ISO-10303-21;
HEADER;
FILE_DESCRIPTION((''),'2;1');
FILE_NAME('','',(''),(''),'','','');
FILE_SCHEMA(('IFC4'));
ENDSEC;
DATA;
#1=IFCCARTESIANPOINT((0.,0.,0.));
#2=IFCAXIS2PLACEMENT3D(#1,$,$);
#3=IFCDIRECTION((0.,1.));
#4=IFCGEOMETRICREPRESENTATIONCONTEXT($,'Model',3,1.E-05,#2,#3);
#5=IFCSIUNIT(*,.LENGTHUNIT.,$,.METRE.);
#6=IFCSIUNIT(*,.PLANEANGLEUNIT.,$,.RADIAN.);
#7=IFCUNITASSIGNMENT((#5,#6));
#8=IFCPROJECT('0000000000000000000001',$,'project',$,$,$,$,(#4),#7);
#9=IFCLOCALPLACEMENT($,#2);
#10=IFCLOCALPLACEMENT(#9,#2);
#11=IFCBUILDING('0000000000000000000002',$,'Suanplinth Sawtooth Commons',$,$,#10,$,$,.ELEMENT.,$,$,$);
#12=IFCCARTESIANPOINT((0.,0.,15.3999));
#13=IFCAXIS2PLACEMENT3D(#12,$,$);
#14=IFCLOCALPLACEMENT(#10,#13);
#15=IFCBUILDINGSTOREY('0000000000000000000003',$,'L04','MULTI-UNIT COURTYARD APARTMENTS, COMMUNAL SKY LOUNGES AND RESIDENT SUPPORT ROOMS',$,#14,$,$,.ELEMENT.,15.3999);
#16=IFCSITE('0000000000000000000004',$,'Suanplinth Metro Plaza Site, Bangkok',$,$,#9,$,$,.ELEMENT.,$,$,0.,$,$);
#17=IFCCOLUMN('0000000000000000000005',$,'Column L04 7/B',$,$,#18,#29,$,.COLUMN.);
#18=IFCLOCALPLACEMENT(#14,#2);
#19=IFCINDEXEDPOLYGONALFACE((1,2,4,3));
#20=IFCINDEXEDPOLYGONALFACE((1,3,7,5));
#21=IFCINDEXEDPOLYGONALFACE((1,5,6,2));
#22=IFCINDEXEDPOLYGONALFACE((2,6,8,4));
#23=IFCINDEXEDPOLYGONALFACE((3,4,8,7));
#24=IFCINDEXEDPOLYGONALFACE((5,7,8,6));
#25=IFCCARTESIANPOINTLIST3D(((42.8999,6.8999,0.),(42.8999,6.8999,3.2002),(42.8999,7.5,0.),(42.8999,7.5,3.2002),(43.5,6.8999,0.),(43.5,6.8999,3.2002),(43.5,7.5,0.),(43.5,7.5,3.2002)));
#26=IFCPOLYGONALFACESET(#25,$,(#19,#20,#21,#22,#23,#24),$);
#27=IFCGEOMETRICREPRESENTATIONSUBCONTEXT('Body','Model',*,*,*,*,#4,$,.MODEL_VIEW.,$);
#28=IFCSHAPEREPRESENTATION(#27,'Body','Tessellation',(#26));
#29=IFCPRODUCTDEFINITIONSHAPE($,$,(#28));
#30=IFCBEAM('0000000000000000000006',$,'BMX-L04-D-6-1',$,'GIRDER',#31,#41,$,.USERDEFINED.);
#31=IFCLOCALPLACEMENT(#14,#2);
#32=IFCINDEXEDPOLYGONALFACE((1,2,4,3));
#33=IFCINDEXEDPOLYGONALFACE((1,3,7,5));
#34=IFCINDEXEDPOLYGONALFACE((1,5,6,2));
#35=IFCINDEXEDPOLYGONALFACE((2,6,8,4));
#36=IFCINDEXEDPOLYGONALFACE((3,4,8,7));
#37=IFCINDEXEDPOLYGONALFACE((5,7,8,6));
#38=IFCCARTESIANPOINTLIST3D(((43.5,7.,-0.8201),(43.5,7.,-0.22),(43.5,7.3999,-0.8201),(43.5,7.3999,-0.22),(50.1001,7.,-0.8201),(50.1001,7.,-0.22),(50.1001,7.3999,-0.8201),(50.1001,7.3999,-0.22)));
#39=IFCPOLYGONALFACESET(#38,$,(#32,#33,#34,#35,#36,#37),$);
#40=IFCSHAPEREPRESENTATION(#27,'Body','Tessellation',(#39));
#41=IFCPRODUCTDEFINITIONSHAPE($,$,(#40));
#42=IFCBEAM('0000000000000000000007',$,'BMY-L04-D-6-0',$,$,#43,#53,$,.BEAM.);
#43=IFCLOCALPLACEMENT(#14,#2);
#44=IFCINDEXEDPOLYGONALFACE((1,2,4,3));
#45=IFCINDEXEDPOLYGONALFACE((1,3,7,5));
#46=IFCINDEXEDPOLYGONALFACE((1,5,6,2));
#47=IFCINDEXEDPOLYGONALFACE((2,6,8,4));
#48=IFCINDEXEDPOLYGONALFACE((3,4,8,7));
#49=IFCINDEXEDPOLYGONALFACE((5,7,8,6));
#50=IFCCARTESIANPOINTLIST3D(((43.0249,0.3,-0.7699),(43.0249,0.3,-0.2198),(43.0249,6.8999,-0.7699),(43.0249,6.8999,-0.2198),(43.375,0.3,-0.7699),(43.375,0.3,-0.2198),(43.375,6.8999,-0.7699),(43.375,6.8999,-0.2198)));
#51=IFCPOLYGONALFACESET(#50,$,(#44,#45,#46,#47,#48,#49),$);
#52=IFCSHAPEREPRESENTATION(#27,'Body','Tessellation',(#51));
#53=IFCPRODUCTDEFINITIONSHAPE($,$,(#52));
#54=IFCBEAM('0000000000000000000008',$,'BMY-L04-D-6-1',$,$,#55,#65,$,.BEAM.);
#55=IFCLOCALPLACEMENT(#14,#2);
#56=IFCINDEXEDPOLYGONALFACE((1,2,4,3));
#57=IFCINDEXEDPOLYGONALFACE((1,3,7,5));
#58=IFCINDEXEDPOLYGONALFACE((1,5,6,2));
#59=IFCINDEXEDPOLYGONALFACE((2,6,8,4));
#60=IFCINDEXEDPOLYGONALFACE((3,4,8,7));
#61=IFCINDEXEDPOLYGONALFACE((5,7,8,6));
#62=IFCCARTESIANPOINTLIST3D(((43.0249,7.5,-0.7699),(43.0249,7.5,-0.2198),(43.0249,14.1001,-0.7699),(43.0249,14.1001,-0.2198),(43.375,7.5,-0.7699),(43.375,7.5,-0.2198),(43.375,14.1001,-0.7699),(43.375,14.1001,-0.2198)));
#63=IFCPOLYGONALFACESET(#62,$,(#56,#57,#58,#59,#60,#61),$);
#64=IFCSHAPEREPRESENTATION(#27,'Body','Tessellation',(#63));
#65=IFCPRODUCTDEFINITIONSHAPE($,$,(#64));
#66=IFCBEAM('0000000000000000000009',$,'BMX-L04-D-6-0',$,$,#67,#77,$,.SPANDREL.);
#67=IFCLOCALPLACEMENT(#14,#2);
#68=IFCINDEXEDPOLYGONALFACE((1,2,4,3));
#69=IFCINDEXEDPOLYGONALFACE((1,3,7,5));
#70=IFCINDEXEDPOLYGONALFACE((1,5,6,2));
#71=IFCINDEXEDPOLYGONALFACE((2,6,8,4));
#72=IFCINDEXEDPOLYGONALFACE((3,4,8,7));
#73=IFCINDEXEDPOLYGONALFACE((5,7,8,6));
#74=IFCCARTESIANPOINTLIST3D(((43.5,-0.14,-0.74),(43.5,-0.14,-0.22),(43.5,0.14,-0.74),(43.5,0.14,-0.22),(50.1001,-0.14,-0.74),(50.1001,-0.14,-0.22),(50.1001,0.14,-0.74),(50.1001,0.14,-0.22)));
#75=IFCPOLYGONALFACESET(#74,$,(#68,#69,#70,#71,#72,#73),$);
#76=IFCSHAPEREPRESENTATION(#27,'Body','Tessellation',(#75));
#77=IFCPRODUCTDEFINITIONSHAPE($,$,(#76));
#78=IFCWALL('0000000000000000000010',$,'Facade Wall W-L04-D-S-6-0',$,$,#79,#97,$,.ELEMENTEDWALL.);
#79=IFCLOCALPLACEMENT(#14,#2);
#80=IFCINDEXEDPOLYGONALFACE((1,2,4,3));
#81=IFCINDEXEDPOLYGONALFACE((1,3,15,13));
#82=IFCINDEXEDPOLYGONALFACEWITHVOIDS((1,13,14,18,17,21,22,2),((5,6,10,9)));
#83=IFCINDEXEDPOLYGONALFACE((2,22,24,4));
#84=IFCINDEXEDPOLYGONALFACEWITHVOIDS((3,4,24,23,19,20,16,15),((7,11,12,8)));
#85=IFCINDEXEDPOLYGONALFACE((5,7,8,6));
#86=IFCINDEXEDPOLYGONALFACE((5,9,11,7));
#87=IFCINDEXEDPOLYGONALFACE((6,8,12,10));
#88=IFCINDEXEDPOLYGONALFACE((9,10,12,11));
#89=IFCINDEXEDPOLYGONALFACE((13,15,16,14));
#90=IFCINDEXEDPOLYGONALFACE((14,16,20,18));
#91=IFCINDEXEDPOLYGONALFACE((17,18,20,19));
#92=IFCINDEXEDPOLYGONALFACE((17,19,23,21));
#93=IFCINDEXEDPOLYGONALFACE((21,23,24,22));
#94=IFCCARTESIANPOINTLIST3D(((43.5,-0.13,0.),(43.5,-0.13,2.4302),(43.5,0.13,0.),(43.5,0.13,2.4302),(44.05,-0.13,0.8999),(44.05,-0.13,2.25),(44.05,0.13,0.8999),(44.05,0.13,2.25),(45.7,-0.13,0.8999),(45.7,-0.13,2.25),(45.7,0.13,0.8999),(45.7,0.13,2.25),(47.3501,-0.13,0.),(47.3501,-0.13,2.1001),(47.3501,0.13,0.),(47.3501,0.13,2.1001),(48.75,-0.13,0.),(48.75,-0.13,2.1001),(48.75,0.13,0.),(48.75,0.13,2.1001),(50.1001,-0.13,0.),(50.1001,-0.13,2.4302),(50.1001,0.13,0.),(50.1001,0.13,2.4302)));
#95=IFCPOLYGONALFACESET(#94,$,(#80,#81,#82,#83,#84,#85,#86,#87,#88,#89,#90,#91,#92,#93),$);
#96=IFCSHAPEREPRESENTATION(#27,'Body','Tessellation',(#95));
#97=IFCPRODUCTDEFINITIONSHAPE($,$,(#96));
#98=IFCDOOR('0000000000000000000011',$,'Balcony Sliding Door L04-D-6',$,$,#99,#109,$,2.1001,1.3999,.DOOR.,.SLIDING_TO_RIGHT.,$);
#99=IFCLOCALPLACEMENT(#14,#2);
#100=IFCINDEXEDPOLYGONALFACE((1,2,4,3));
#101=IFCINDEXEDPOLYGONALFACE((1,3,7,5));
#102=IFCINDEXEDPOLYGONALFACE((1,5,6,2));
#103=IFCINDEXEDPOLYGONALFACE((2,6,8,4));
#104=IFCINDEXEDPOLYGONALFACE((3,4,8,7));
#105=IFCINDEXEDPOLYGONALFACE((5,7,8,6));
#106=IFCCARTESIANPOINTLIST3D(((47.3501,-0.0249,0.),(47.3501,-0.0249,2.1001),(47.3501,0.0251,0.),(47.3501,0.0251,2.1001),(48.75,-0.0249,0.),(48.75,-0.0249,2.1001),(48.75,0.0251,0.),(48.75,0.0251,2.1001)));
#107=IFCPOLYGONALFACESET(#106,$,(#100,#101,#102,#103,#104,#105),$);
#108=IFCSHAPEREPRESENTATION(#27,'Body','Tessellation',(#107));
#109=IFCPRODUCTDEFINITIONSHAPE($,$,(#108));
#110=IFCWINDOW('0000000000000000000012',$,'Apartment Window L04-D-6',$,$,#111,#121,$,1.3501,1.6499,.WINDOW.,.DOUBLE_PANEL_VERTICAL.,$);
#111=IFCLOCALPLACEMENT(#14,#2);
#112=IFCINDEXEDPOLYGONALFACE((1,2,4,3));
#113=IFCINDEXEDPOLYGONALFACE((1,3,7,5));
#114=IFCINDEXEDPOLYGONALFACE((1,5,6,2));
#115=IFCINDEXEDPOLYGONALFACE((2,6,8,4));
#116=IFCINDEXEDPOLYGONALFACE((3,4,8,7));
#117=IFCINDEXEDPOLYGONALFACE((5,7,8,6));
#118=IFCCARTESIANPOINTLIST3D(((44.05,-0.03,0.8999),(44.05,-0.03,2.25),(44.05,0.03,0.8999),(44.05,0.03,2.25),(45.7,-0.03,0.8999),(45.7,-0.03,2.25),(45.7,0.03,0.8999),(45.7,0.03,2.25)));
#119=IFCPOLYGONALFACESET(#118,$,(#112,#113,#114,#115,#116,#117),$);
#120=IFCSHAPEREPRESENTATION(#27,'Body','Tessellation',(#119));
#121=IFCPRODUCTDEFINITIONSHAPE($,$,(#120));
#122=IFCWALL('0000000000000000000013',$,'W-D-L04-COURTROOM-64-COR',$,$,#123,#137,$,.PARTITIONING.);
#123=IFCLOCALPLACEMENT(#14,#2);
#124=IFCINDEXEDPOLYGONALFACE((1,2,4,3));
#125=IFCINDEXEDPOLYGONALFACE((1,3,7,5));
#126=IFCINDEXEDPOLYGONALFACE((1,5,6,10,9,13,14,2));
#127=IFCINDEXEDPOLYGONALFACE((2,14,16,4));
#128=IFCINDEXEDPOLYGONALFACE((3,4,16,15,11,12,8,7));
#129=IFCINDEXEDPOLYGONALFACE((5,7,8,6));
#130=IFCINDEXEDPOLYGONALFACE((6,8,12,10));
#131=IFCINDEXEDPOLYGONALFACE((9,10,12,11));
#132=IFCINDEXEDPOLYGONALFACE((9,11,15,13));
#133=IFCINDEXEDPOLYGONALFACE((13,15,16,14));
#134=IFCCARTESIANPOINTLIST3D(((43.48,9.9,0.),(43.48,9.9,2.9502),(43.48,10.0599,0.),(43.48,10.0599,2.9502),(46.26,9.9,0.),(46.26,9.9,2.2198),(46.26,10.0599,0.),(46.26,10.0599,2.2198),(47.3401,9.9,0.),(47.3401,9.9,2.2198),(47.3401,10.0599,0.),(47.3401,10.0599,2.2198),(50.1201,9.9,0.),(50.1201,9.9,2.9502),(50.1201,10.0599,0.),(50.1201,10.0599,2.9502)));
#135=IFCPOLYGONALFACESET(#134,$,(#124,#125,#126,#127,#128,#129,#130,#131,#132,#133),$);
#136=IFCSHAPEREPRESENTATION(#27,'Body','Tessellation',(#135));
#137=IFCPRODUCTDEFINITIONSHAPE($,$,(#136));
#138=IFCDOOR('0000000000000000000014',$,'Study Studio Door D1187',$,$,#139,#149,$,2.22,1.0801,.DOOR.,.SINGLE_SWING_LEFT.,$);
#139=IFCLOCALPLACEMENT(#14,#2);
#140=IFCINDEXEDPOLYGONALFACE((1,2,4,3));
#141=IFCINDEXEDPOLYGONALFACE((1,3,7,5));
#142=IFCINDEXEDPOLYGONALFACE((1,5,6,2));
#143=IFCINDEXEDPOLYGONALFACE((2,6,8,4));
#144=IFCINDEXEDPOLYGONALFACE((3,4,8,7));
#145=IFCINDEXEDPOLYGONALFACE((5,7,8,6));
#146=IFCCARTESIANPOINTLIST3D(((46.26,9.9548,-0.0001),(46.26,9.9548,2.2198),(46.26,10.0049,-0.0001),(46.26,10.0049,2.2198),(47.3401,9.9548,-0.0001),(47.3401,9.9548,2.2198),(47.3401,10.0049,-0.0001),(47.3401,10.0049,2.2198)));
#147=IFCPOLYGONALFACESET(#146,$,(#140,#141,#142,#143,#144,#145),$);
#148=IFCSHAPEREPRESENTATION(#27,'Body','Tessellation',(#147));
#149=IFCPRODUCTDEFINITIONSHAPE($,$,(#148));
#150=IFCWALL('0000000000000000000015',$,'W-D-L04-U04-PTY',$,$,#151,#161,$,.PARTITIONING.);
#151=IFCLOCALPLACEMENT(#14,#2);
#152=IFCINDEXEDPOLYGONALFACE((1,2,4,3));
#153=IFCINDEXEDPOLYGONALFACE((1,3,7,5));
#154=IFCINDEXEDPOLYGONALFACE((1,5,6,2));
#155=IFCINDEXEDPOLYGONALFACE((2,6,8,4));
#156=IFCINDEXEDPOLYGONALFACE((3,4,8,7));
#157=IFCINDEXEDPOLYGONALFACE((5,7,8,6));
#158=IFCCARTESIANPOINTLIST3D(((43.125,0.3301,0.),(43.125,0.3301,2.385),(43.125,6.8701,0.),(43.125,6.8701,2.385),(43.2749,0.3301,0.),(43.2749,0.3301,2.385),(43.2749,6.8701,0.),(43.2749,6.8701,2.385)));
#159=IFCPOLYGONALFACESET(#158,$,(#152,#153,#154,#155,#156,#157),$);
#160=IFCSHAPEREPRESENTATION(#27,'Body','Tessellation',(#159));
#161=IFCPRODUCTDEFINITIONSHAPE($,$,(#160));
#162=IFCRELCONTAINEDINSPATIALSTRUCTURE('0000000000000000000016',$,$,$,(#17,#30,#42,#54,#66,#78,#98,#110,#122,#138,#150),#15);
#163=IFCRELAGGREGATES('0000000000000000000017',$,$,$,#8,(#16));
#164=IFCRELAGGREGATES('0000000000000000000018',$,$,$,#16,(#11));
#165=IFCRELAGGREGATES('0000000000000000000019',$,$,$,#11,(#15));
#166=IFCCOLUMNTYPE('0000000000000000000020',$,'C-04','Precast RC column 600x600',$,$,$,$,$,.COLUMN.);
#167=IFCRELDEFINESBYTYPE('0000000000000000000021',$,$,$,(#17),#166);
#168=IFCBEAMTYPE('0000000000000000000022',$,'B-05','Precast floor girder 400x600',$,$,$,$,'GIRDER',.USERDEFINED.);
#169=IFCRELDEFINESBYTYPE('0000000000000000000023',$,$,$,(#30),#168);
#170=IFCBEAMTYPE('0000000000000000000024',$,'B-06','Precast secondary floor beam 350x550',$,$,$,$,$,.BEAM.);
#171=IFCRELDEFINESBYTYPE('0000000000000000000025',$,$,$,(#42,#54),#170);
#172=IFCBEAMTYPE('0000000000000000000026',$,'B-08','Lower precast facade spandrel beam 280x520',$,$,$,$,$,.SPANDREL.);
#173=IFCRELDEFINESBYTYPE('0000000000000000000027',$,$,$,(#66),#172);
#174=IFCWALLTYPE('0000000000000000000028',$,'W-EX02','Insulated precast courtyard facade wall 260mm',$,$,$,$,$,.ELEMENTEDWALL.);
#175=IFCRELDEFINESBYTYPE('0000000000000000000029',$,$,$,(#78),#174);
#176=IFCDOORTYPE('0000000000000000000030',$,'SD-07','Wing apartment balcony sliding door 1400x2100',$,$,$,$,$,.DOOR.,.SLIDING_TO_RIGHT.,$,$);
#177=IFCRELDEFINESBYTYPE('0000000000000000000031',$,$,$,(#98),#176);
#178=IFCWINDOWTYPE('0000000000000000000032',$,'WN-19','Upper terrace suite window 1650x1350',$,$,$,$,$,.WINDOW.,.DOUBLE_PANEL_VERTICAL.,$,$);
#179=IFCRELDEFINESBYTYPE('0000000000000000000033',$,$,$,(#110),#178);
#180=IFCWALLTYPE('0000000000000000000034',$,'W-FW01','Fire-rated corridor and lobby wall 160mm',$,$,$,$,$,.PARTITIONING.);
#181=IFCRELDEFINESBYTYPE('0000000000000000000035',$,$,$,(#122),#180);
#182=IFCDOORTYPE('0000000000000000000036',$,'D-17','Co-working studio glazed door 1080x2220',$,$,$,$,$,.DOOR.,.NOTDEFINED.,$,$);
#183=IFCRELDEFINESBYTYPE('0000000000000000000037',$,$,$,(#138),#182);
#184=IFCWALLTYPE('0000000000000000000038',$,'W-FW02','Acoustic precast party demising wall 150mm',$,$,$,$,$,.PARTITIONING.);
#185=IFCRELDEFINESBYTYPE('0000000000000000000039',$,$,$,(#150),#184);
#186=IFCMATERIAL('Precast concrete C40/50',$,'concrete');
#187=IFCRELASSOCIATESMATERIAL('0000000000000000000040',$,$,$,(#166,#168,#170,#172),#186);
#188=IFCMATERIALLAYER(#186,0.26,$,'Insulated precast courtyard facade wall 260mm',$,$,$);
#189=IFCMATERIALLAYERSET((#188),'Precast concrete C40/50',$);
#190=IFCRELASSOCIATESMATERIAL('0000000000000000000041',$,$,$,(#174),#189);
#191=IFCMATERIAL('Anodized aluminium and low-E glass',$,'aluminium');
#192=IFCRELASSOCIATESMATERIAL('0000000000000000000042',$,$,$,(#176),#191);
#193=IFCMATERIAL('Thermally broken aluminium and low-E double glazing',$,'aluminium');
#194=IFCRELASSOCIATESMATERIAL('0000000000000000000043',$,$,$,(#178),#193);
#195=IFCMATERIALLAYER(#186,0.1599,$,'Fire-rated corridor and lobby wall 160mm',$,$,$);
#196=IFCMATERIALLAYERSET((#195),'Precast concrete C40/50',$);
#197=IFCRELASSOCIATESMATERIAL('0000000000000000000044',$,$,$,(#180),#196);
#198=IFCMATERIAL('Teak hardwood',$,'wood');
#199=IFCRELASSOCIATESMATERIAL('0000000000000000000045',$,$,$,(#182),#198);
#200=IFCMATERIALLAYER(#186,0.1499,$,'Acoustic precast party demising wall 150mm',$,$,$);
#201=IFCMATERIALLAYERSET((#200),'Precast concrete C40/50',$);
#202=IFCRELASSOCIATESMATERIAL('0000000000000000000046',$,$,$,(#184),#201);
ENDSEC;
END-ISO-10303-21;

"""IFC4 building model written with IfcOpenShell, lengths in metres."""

from ifc_helpers import new_model, si_unit, direction, frame, frame_2d, origin, origin_2d, place, context, subcontext, project, spatial, rectangle, extrude, material, layer, layer_set, material_profile, profile_set, type_object, element, fill, save


model = new_model("IFC4")

# Units and contexts
model_context = context("Model", 3, precision=1e-05, world=origin(), true_north=direction((0.0, 1.0)))
body_context = subcontext(model_context, "Body", "Model", "MODEL_VIEW")
ifc_project = project(units=[si_unit("LENGTHUNIT", "METRE"), si_unit("PLANEANGLEUNIT", "RADIAN")], contexts=[model_context])

# Site, building, storey
site_placement = place(None, origin())
site = spatial("IfcSite", under=ifc_project, at=site_placement, Name="Suanplinth Metro Plaza Site, Bangkok", CompositionType="ELEMENT", RefElevation=0.0)
building_placement = place(site_placement, origin())
building = spatial("IfcBuilding", under=site, at=building_placement, Name="Suanplinth Sawtooth Commons", CompositionType="ELEMENT")
storey_placement = place(building_placement, frame((0.0, 0.0, 15.3999)))
storey = spatial("IfcBuildingStorey", under=building, at=storey_placement, Name="L04", Description="MULTI-UNIT COURTYARD APARTMENTS, COMMUNAL SKY LOUNGES AND RESIDENT SUPPORT ROOMS", CompositionType="ELEMENT", Elevation=15.3999)

# Column
ifc_material_1 = material(Name="Precast concrete C40/50", Category="concrete")
ifc_material_profile_1 = material_profile(ifc_material_1, rectangle(XDim=0.6001, YDim=0.6001, at=origin_2d()), Name="PC-COL 600x600")
ifc_profile_set_1 = profile_set([ifc_material_profile_1], Name="Precast concrete C40/50")
column_type = type_object("IfcColumnType", Name="C-04", Description="Precast RC column 600x600", PredefinedType="COLUMN", material=ifc_profile_set_1)
column_placement = place(storey_placement, frame((43.2, 7.2, 0.0), z_axis=(0.0, 0.0, 1.0), x_axis=(1.0, 0.0, 0.0)))
element("IfcColumn", 1, at=column_placement, inside=storey, type_object=column_type, Name="Column L04 7/B", PredefinedType="COLUMN", context=body_context, shape_type="SweptSolid", body=[
    extrude(rectangle(XDim=0.6001, YDim=0.6001, at=origin_2d()), origin(), (0.0, 0.0, 1.0), 3.2002),
])

# Beams
ifc_material_profile_2 = material_profile(ifc_material_1, rectangle(XDim=0.3999, YDim=0.6001, at=origin_2d()), Name="PC-GDR 400x600")
ifc_profile_set_2 = profile_set([ifc_material_profile_2], Name="Precast concrete C40/50")
beam_type_1 = type_object("IfcBeamType", Name="B-05", Description="Precast floor girder 400x600", ElementType="GIRDER", PredefinedType="USERDEFINED", material=ifc_profile_set_2)
beam_1_placement = place(storey_placement, frame((43.5, 7.2, -0.52), z_axis=(1.0, 0.0, 0.0), x_axis=(0.0, 1.0, 0.0)))
element("IfcBeam", 2, at=beam_1_placement, inside=storey, type_object=beam_type_1, Name="BMX-L04-D-6-1", ObjectType="GIRDER", PredefinedType="USERDEFINED", context=body_context, shape_type="SweptSolid", body=[
    extrude(rectangle(XDim=0.3999, YDim=0.6001, at=origin_2d()), origin(), (0.0, 0.0, 1.0), 6.6001),
])
ifc_material_profile_3 = material_profile(ifc_material_1, rectangle(XDim=0.3501, YDim=0.55, at=origin_2d()), Name="PC-BM 350x550")
ifc_profile_set_3 = profile_set([ifc_material_profile_3], Name="Precast concrete C40/50")
beam_type_2 = type_object("IfcBeamType", Name="B-06", Description="Precast secondary floor beam 350x550", PredefinedType="BEAM", material=ifc_profile_set_3)
beam_2_placement = place(storey_placement, frame((43.2, 0.3, -0.4949), z_axis=(0.0, 1.0, 0.0), x_axis=(-1.0, 0.0, 0.0)))
element("IfcBeam", 3, at=beam_2_placement, inside=storey, type_object=beam_type_2, Name="BMY-L04-D-6-0", PredefinedType="BEAM", context=body_context, shape_type="SweptSolid", body=[
    extrude(rectangle(XDim=0.3501, YDim=0.55, at=origin_2d()), origin(), (0.0, 0.0, 1.0), 6.5999),
])
beam_3_placement = place(storey_placement, frame((43.2, 7.5, -0.4949), z_axis=(0.0, 1.0, 0.0), x_axis=(-1.0, 0.0, 0.0)))
element("IfcBeam", 4, at=beam_3_placement, inside=storey, type_object=beam_type_2, Name="BMY-L04-D-6-1", PredefinedType="BEAM", context=body_context, shape_type="SweptSolid", body=[
    extrude(rectangle(XDim=0.3501, YDim=0.55, at=origin_2d()), origin(), (0.0, 0.0, 1.0), 6.6001),
])
ifc_material_profile_4 = material_profile(ifc_material_1, rectangle(XDim=0.28, YDim=0.52, at=origin_2d()), Name="PC-SP 280x520")
ifc_profile_set_4 = profile_set([ifc_material_profile_4], Name="Precast concrete C40/50")
beam_type_3 = type_object("IfcBeamType", Name="B-08", Description="Lower precast facade spandrel beam 280x520", PredefinedType="SPANDREL", material=ifc_profile_set_4)
beam_4_placement = place(storey_placement, frame((43.5, 0.0, -0.48), z_axis=(1.0, 0.0, 0.0), x_axis=(0.0, 1.0, 0.0)))
element("IfcBeam", 5, at=beam_4_placement, inside=storey, type_object=beam_type_3, Name="BMX-L04-D-6-0", PredefinedType="SPANDREL", context=body_context, shape_type="SweptSolid", body=[
    extrude(rectangle(XDim=0.28, YDim=0.52, at=origin_2d()), origin(), (0.0, 0.0, 1.0), 6.6001),
])

# Wall, openings, door, window
ifc_layer_1 = layer(ifc_material_1, 0.26, Name="Insulated precast courtyard facade wall 260mm")
ifc_layer_set_1 = layer_set([ifc_layer_1], Name="Precast concrete C40/50")
wall_type_1 = type_object("IfcWallType", Name="W-EX02", Description="Insulated precast courtyard facade wall 260mm", PredefinedType="ELEMENTEDWALL", material=ifc_layer_set_1)
wall_1_placement = place(storey_placement, frame((43.5, 0.0, 0.0), z_axis=(0.0, 0.0, 1.0), x_axis=(1.0, 0.0, 0.0)))
wall_1 = element("IfcWall", 6, at=wall_1_placement, inside=storey, type_object=wall_type_1, Name="Facade Wall W-L04-D-S-6-0", PredefinedType="ELEMENTEDWALL", context=body_context, shape_type="SweptSolid", body=[
    extrude(rectangle(XDim=6.6001, YDim=0.26, at=frame_2d((3.3, 0.0))), origin(), (0.0, 0.0, 1.0), 2.4302),
])
opening_1_placement = place(wall_1_placement, frame((3.8501, 0.0, 0.0)))
opening_1 = element("IfcOpeningElement", 7, at=opening_1_placement, cuts=wall_1, PredefinedType="OPENING", context=body_context, shape_type="SweptSolid", body=[
    extrude(rectangle(XDim=1.3999, YDim=2.1001, at=frame_2d((0.7, 1.05))), frame((0.0, 0.145, 0.0), z_axis=(0.0, -1.0, 0.0), x_axis=(1.0, 0.0, 0.0)), (0.0, 0.0, 1.0), 0.2898),
])
opening_2_placement = place(wall_1_placement, frame((0.55, 0.0, 0.8999)))
opening_2 = element("IfcOpeningElement", 8, at=opening_2_placement, cuts=wall_1, PredefinedType="OPENING", context=body_context, shape_type="SweptSolid", body=[
    extrude(rectangle(XDim=1.6499, YDim=1.3501, at=frame_2d((0.825, 0.675))), frame((0.0, 0.145, 0.0), z_axis=(0.0, -1.0, 0.0), x_axis=(1.0, 0.0, 0.0)), (0.0, 0.0, 1.0), 0.2898),
])
ifc_material_2 = material(Name="Anodized aluminium and low-E glass", Category="aluminium")
door_type_1 = type_object("IfcDoorType", Name="SD-07", Description="Wing apartment balcony sliding door 1400x2100", OperationType="SLIDING_TO_RIGHT", PredefinedType="DOOR", material=ifc_material_2)
door_1_placement = place(opening_1_placement, frame((1.3999, 0.0, 0.0), z_axis=(0.0, 0.0, 1.0), x_axis=(-1.0, 0.0, 0.0)))
door_1 = element("IfcDoor", 9, at=door_1_placement, inside=storey, type_object=door_type_1, Name="Balcony Sliding Door L04-D-6", OperationType="SLIDING_TO_RIGHT", OverallHeight=2.1001, OverallWidth=1.3999, PredefinedType="DOOR", context=body_context, shape_type="SweptSolid", body=[
    extrude(rectangle(XDim=1.3999, YDim=2.1001, at=frame_2d((0.7, 1.05))), frame((0.0, 0.0249, 0.0), z_axis=(0.0, -1.0, 0.0), x_axis=(1.0, 0.0, 0.0)), (0.0, 0.0, 1.0), 0.05),
])
fill(opening_1, door_1)
ifc_material_3 = material(Name="Thermally broken aluminium and low-E double glazing", Category="aluminium")
window_type = type_object("IfcWindowType", Name="WN-19", Description="Upper terrace suite window 1650x1350", PartitioningType="DOUBLE_PANEL_VERTICAL", PredefinedType="WINDOW", material=ifc_material_3)
window_placement = place(opening_2_placement, origin())
window = element("IfcWindow", 10, at=window_placement, inside=storey, type_object=window_type, Name="Apartment Window L04-D-6", OverallHeight=1.3501, OverallWidth=1.6499, PartitioningType="DOUBLE_PANEL_VERTICAL", PredefinedType="WINDOW", context=body_context, shape_type="SweptSolid", body=[
    extrude(rectangle(XDim=1.6499, YDim=1.3501, at=frame_2d((0.825, 0.675))), frame((0.0, 0.03, 0.0), z_axis=(0.0, -1.0, 0.0), x_axis=(1.0, 0.0, 0.0)), (0.0, 0.0, 1.0), 0.0601),
])
fill(opening_2, window)

# Wall, opening, door
ifc_layer_2 = layer(ifc_material_1, 0.1599, Name="Fire-rated corridor and lobby wall 160mm")
ifc_layer_set_2 = layer_set([ifc_layer_2], Name="Precast concrete C40/50")
wall_type_2 = type_object("IfcWallType", Name="W-FW01", Description="Fire-rated corridor and lobby wall 160mm", PredefinedType="PARTITIONING", material=ifc_layer_set_2)
wall_2_placement = place(storey_placement, frame((43.48, 9.98, 0.0), z_axis=(0.0, 0.0, 1.0), x_axis=(1.0, 0.0, 0.0)))
wall_2 = element("IfcWall", 11, at=wall_2_placement, inside=storey, type_object=wall_type_2, Name="W-D-L04-COURTROOM-64-COR", PredefinedType="PARTITIONING", context=body_context, shape_type="SweptSolid", body=[
    extrude(rectangle(XDim=6.6401, YDim=0.1599, at=frame_2d((3.3201, 0.0))), origin(), (0.0, 0.0, 1.0), 2.9502),
])
opening_3_placement = place(wall_2_placement, frame((2.78, 0.0, 0.0)))
opening_3 = element("IfcOpeningElement", 12, at=opening_3_placement, cuts=wall_2, PredefinedType="OPENING", context=body_context, shape_type="SweptSolid", body=[
    extrude(rectangle(XDim=1.0801, YDim=2.22, at=frame_2d((0.54, 1.1099))), frame((0.0, 0.0947, 0.0), z_axis=(0.0, -1.0, 0.0), x_axis=(1.0, 0.0, 0.0)), (0.0, 0.0, 1.0), 0.1897),
])
ifc_material_4 = material(Name="Teak hardwood", Category="wood")
door_type_2 = type_object("IfcDoorType", Name="D-17", Description="Co-working studio glazed door 1080x2220", OperationType="NOTDEFINED", PredefinedType="DOOR", material=ifc_material_4)
door_2_placement = place(opening_3_placement, origin())
door_2 = element("IfcDoor", 13, at=door_2_placement, inside=storey, type_object=door_type_2, Name="Study Studio Door D1187", OperationType="SINGLE_SWING_LEFT", OverallHeight=2.22, OverallWidth=1.0801, PredefinedType="DOOR", context=body_context, shape_type="SweptSolid", body=[
    extrude(rectangle(XDim=1.0801, YDim=2.22, at=frame_2d((0.54, 1.1099))), frame((0.0, 0.0249, 0.0), z_axis=(0.0, -1.0, 0.0), x_axis=(1.0, 0.0, 0.0)), (0.0, 0.0, 1.0), 0.05),
])
fill(opening_3, door_2)

# Wall
ifc_layer_3 = layer(ifc_material_1, 0.1499, Name="Acoustic precast party demising wall 150mm")
ifc_layer_set_3 = layer_set([ifc_layer_3], Name="Precast concrete C40/50")
wall_type_3 = type_object("IfcWallType", Name="W-FW02", Description="Acoustic precast party demising wall 150mm", PredefinedType="PARTITIONING", material=ifc_layer_set_3)
wall_3_placement = place(storey_placement, frame((43.2, 0.3301, 0.0), z_axis=(0.0, 0.0, 1.0), x_axis=(0.0, 1.0, 0.0)))
element("IfcWall", 14, at=wall_3_placement, inside=storey, type_object=wall_type_3, Name="W-D-L04-U04-PTY", PredefinedType="PARTITIONING", context=body_context, shape_type="SweptSolid", body=[
    extrude(rectangle(XDim=6.54, YDim=0.1499, at=frame_2d((3.27, 0.0))), origin(), (0.0, 0.0, 1.0), 2.385),
])

save(model, "model.ifc")
